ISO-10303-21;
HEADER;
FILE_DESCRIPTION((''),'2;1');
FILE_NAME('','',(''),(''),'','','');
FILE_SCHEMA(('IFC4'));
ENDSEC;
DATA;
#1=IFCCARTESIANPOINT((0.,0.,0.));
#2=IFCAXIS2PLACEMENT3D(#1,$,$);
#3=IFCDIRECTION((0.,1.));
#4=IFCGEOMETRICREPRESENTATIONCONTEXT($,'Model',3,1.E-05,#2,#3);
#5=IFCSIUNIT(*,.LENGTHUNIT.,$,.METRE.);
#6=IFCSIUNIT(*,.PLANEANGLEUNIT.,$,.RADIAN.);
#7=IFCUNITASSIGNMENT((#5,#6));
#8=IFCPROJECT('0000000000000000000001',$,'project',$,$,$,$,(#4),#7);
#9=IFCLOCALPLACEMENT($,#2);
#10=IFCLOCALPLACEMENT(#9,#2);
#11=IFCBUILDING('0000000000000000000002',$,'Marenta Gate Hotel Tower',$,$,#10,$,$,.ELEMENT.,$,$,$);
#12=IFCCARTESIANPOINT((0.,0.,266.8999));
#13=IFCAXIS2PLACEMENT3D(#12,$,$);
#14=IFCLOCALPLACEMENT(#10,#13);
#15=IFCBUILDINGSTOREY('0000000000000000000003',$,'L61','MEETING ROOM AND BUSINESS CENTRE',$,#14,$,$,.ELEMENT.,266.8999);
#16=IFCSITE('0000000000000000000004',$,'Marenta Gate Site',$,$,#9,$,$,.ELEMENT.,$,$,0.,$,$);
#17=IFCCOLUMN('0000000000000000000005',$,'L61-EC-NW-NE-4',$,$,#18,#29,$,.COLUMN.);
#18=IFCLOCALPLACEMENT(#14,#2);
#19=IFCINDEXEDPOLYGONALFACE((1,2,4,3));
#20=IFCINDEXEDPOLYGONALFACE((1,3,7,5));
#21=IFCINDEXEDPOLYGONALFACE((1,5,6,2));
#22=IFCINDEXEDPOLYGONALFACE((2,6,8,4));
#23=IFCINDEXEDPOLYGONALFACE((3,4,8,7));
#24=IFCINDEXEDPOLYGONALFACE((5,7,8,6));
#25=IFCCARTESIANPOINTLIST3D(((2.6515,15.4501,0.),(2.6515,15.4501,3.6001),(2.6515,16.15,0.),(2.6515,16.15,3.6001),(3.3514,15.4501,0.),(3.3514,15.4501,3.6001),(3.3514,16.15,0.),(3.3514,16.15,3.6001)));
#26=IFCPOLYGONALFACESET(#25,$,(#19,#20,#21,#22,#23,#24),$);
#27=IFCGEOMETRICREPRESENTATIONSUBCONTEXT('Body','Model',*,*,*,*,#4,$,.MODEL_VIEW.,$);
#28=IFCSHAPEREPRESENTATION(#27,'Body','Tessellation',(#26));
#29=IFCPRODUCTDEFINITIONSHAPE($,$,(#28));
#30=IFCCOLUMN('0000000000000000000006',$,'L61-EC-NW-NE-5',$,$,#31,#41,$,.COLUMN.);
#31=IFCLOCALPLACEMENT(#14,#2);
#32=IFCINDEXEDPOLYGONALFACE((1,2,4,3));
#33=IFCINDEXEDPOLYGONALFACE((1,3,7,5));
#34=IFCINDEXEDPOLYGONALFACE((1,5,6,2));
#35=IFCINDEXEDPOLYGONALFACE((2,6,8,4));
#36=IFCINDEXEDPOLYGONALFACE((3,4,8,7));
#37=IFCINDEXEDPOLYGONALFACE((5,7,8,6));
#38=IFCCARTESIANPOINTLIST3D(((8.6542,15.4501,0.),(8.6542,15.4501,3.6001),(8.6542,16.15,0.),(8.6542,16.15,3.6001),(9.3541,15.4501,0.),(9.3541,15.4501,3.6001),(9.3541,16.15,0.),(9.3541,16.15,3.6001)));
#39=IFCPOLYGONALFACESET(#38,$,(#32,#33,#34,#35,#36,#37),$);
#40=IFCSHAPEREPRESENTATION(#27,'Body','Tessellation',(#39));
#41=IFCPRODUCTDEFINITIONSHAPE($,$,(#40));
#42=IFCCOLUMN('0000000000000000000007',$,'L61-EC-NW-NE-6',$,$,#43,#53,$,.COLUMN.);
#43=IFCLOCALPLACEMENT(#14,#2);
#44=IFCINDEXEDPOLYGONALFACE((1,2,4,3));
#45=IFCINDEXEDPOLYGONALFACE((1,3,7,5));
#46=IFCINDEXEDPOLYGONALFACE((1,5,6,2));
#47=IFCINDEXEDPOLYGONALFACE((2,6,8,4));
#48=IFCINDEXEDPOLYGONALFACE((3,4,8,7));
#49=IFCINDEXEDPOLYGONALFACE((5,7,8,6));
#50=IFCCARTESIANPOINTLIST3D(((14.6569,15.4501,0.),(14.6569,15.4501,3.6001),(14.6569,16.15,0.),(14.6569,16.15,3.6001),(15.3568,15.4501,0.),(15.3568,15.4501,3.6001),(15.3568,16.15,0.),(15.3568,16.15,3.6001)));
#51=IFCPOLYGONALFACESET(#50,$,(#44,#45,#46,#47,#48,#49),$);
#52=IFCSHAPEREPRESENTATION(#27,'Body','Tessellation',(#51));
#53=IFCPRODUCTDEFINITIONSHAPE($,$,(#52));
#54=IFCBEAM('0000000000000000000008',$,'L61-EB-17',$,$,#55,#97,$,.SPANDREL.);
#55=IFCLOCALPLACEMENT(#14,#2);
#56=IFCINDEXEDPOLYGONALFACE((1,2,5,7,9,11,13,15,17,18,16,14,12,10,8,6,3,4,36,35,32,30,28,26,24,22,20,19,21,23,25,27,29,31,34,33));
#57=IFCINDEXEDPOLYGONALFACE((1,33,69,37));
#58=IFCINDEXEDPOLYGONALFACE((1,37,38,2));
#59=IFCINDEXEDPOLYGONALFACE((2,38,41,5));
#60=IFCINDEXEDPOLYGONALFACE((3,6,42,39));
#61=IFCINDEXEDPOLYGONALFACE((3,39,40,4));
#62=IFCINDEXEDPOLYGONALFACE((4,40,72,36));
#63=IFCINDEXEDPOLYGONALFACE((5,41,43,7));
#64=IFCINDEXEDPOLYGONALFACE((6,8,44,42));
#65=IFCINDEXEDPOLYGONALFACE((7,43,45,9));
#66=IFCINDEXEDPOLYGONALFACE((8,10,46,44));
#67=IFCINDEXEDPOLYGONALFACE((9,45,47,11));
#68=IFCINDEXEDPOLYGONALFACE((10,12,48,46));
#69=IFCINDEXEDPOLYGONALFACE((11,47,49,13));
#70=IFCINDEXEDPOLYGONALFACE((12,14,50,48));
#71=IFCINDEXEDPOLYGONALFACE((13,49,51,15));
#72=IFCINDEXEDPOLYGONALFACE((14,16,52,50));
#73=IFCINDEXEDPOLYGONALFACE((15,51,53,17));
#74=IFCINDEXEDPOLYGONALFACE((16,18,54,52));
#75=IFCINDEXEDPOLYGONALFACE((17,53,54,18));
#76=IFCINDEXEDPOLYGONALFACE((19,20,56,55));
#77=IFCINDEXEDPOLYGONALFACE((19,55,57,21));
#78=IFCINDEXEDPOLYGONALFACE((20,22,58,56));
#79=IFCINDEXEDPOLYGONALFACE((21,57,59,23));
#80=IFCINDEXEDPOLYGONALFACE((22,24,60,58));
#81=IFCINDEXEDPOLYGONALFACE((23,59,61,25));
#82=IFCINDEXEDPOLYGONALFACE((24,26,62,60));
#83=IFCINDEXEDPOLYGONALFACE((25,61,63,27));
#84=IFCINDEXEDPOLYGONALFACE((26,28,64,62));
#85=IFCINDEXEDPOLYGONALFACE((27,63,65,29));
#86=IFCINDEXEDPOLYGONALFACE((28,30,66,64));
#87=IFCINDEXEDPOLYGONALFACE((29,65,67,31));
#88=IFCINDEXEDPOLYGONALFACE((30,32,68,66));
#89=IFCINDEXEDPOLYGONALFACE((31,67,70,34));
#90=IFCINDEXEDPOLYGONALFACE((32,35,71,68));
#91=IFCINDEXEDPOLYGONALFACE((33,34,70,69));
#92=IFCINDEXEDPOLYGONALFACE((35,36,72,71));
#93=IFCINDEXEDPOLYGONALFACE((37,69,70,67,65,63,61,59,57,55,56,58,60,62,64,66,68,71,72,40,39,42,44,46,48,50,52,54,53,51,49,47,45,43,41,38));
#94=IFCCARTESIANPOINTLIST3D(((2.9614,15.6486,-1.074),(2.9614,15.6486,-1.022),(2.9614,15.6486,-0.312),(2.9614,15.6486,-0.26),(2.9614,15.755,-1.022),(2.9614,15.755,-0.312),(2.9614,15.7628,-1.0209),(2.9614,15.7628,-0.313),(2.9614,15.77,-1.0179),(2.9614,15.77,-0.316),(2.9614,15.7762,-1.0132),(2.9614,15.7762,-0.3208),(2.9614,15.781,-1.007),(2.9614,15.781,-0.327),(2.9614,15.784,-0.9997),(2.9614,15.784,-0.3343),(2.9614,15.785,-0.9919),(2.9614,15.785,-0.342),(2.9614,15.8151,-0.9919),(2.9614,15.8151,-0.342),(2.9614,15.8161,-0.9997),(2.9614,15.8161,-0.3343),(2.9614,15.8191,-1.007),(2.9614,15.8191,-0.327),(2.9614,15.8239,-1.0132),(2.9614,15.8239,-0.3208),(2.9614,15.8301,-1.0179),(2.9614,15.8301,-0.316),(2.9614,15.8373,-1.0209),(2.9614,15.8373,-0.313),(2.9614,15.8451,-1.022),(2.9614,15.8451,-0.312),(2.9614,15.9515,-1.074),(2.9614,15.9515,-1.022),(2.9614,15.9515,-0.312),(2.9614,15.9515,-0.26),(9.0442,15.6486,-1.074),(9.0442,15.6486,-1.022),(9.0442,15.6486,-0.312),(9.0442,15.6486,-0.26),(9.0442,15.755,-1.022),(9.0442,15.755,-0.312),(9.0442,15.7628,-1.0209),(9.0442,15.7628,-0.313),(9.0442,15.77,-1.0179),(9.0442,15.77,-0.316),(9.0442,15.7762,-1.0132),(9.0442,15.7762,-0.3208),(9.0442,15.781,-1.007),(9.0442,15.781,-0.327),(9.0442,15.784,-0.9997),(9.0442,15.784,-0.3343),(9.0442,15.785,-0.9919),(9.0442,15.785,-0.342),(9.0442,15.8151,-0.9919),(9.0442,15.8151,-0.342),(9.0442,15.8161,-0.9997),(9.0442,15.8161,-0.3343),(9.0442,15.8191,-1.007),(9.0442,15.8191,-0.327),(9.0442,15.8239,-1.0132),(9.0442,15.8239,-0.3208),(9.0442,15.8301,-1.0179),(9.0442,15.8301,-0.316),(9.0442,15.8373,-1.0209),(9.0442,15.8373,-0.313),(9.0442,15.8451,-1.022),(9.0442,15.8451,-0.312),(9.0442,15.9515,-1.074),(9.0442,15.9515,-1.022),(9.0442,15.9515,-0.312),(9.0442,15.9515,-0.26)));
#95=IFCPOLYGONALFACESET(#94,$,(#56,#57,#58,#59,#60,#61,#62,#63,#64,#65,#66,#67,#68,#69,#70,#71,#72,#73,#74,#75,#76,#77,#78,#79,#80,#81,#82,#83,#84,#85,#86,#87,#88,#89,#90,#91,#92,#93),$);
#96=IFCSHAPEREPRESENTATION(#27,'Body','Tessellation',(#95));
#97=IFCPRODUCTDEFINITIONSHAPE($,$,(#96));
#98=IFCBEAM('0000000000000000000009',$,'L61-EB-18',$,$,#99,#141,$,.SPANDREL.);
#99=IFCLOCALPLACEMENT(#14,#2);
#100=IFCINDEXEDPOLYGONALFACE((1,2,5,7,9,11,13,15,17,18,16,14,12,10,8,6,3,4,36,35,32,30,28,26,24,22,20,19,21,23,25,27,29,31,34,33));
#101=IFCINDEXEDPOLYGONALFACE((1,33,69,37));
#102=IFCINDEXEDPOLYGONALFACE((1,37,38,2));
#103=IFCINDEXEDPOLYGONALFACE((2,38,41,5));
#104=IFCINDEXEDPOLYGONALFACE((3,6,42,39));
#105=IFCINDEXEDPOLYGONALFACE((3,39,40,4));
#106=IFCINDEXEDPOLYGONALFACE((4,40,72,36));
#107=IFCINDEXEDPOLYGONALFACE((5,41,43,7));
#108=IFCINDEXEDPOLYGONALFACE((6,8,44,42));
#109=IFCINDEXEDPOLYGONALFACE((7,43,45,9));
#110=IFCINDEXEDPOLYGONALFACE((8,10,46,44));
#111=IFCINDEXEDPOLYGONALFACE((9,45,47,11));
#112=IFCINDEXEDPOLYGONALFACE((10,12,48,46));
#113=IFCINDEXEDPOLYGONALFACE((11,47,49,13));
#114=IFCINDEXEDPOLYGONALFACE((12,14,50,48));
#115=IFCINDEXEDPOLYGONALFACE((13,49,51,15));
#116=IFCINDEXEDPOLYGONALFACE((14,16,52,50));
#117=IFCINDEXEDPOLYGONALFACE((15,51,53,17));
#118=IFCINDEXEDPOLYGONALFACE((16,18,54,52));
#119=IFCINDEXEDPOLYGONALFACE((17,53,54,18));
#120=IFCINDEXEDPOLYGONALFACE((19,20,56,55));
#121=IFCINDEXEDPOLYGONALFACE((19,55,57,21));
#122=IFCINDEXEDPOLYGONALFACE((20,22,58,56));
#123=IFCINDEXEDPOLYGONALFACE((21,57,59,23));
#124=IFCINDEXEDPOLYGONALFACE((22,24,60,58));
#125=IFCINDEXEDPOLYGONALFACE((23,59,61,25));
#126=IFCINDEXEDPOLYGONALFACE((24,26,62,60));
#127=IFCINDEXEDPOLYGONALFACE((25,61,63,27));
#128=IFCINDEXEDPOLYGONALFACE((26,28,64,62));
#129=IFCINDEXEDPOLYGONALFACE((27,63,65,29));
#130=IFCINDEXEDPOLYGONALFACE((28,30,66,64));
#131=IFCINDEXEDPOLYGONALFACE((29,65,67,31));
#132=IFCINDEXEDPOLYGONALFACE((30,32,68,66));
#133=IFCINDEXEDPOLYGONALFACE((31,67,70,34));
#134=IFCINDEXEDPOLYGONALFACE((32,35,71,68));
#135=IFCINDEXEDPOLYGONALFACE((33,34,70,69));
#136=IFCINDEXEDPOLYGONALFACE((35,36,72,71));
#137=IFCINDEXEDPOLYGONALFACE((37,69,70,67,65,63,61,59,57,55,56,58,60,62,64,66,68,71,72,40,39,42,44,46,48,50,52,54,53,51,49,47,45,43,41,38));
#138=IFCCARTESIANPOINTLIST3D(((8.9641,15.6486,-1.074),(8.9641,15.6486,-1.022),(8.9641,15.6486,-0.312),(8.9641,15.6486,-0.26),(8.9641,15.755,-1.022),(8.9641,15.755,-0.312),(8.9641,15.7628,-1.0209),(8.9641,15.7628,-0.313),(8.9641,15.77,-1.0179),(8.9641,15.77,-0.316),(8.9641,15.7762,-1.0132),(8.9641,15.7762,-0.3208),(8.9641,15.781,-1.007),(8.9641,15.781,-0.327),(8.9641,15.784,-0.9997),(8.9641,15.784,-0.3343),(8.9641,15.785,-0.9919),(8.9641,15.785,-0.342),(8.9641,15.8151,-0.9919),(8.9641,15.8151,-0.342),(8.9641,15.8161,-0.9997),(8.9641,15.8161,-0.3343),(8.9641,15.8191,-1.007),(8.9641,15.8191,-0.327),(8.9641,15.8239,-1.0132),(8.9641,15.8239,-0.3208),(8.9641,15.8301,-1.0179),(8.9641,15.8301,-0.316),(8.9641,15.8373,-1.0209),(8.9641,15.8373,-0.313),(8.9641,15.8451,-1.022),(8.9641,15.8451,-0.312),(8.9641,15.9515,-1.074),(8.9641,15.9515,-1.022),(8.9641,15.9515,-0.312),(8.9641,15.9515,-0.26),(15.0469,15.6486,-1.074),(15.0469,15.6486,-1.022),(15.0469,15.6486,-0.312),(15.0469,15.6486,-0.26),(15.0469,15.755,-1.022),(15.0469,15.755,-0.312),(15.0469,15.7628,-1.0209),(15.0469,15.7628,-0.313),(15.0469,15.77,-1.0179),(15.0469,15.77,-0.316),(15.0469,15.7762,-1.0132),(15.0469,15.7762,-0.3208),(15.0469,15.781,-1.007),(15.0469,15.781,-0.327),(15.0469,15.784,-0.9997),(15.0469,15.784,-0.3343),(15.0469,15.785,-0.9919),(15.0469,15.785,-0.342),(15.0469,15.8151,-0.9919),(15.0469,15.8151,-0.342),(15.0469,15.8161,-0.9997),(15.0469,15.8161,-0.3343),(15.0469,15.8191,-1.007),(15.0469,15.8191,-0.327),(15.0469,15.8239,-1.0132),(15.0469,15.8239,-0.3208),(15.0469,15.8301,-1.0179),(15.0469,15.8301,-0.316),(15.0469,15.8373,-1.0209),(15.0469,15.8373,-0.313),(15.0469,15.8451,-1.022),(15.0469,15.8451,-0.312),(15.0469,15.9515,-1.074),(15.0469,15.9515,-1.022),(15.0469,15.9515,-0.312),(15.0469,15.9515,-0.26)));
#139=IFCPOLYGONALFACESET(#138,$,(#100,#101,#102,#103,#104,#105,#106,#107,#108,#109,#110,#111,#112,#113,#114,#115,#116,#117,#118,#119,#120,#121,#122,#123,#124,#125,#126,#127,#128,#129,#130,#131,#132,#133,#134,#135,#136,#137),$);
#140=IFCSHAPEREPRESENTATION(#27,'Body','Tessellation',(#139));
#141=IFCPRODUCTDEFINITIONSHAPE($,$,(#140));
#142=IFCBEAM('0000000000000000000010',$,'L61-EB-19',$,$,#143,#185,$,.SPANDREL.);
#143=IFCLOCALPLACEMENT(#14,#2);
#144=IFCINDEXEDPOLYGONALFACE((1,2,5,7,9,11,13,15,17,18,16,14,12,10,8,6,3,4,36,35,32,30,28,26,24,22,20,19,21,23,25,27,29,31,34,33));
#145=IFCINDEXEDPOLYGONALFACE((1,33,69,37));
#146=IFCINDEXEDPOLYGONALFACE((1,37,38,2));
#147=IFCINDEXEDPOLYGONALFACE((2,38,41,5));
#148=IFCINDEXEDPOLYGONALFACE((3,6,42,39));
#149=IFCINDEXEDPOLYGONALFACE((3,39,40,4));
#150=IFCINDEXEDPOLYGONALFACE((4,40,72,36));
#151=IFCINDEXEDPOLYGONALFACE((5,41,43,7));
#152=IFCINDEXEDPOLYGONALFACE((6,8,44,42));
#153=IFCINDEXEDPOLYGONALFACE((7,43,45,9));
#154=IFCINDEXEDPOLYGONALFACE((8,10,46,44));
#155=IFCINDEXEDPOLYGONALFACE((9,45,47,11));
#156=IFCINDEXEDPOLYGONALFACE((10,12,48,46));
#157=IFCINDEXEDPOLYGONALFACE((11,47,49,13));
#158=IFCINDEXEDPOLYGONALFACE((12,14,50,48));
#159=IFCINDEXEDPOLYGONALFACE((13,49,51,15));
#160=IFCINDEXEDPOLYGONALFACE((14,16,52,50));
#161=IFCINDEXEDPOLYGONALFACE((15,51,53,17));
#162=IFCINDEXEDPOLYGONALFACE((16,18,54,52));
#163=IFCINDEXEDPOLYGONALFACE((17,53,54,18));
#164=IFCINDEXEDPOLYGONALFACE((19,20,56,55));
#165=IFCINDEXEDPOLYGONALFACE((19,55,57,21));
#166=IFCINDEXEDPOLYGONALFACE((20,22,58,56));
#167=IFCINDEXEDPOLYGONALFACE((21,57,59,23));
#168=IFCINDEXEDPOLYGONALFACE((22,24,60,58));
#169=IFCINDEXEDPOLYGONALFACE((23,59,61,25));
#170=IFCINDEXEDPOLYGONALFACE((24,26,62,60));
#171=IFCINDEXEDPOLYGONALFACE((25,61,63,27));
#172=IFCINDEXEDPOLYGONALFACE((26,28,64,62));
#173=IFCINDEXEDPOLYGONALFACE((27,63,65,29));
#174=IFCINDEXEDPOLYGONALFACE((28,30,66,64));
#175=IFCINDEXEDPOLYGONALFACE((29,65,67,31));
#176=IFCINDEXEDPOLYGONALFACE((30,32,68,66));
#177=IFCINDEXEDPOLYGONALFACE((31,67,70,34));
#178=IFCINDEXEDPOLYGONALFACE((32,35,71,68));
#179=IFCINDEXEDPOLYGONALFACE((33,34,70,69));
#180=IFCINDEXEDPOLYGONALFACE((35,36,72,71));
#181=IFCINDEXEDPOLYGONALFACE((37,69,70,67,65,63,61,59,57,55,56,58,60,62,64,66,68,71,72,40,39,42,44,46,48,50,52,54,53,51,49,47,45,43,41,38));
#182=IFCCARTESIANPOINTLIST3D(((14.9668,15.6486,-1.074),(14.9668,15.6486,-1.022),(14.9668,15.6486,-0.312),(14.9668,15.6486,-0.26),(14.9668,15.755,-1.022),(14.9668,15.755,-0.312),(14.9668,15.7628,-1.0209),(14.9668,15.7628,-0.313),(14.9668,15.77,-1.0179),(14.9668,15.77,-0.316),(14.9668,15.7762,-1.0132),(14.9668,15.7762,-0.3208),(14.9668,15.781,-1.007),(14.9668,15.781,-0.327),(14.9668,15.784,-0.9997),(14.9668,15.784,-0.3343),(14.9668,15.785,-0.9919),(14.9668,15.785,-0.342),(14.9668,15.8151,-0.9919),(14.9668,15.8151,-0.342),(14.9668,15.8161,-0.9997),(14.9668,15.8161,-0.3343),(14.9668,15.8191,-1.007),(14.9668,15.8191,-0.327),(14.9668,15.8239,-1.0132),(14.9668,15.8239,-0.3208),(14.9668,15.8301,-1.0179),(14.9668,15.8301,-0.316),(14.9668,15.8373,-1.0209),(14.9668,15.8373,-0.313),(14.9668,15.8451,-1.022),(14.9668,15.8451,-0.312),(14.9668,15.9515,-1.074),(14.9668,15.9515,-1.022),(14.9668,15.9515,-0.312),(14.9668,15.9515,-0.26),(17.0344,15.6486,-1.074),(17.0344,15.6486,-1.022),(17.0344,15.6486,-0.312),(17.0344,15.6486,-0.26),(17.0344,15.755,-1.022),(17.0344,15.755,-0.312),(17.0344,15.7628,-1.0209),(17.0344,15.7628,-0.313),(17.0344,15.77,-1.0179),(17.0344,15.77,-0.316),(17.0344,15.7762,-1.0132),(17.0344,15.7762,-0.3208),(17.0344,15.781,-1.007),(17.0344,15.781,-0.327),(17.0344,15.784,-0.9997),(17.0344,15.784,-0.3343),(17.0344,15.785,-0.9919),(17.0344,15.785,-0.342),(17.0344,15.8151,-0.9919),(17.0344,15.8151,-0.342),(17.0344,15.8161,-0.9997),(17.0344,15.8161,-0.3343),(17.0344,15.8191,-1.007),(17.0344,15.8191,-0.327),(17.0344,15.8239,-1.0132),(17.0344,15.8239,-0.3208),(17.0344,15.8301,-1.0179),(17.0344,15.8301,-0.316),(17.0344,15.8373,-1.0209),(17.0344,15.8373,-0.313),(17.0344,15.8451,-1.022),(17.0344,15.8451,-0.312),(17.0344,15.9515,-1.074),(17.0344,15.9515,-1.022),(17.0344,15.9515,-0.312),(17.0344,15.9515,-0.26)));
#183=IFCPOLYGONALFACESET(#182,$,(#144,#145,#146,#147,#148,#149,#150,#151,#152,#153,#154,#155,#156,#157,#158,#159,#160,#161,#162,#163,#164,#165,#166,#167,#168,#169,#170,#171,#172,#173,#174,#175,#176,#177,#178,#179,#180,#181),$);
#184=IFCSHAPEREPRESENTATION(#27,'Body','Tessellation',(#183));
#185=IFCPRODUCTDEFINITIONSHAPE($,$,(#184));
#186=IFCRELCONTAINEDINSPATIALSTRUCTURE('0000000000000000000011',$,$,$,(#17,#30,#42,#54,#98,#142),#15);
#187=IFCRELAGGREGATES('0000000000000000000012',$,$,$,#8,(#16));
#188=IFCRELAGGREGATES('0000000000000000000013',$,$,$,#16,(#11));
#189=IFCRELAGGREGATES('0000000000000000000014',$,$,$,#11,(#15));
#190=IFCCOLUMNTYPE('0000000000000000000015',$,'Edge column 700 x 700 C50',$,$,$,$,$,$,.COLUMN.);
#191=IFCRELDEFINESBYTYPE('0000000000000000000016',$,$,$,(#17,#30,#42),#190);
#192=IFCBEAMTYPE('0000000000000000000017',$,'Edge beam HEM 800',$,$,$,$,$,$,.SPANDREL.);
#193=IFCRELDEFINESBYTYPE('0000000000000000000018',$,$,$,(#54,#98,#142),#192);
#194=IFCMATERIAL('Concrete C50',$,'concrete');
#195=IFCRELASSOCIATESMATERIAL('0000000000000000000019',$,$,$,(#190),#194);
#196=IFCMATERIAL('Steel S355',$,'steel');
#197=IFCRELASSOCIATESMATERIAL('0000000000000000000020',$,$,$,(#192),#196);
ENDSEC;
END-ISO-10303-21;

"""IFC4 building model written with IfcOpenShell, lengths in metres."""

from ifc_helpers import new_model, si_unit, direction, frame, origin, origin_2d, place, context, subcontext, project, spatial, rectangle, i_section, extrude, material, material_profile, profile_set, type_object, element, save


model = new_model("IFC4")

# Units and contexts
model_context = context("Model", 3, precision=1e-05, world=origin(), true_north=direction((0.0, 1.0)))
body_context = subcontext(model_context, "Body", "Model", "MODEL_VIEW")
ifc_project = project(units=[si_unit("LENGTHUNIT", "METRE"), si_unit("PLANEANGLEUNIT", "RADIAN")], contexts=[model_context])

# Site, building, storey
site_placement = place(None, origin())
site = spatial("IfcSite", under=ifc_project, at=site_placement, Name="Marenta Gate Site", CompositionType="ELEMENT", RefElevation=0.0)
building_placement = place(site_placement, origin())
building = spatial("IfcBuilding", under=site, at=building_placement, Name="Marenta Gate Hotel Tower", CompositionType="ELEMENT")
storey_placement = place(building_placement, frame((0.0, 0.0, 266.8999)))
storey = spatial("IfcBuildingStorey", under=building, at=storey_placement, Name="L61", Description="MEETING ROOM AND BUSINESS CENTRE", CompositionType="ELEMENT", Elevation=266.8999)

# Columns
ifc_material_1 = material(Name="Concrete C50", Category="concrete")
ifc_material_profile_1 = material_profile(ifc_material_1, rectangle(XDim=0.7, YDim=0.7, at=origin_2d()), Name="700 x 700")
ifc_profile_set_1 = profile_set([ifc_material_profile_1], Name="Concrete C50")
column_type = type_object("IfcColumnType", Name="Edge column 700 x 700 C50", PredefinedType="COLUMN", material=ifc_profile_set_1)
for number, where, z_axis, x_axis, name in (
    (1, (3.0015, 15.8, 0.0), (0.0, 0.0, 1.0), (1.0, 0.0, 0.0), "L61-EC-NW-NE-4"),
    (2, (9.0042, 15.8, 0.0), (0.0, 0.0, 1.0), (1.0, 0.0, 0.0), "L61-EC-NW-NE-5"),
    (3, (15.0068, 15.8, 0.0), (0.0, 0.0, 1.0), (1.0, 0.0, 0.0), "L61-EC-NW-NE-6"),
):
    element("IfcColumn", number, at=place(storey_placement, frame(where, z_axis=z_axis, x_axis=x_axis)), inside=storey, type_object=column_type, Name=name, PredefinedType="COLUMN", context=body_context, shape_type="SweptSolid", body=[
        extrude(rectangle(XDim=0.7, YDim=0.7, at=origin_2d()), origin(), (0.0, 0.0, 1.0), 3.6001),
    ])

# Beams
ifc_material_2 = material(Name="Steel S355", Category="steel")
ifc_material_profile_2 = material_profile(ifc_material_2, i_section(OverallWidth=0.303, OverallDepth=0.814, WebThickness=0.03, FlangeThickness=0.052, FilletRadius=0.03, at=origin_2d()), Name="HEM 800")
ifc_profile_set_2 = profile_set([ifc_material_profile_2], Name="Steel S355")
beam_type_1 = type_object("IfcBeamType", Name="Edge beam HEM 800", PredefinedType="SPANDREL", material=ifc_profile_set_2)
for number, where, z_axis, x_axis, name in (
    (4, (2.9614, 15.8, -0.667), (1.0, 0.0, 0.0), (0.0, 1.0, 0.0), "L61-EB-17"),
    (5, (8.9641, 15.8, -0.667), (1.0, 0.0, 0.0), (0.0, 1.0, 0.0), "L61-EB-18"),
):
    element("IfcBeam", number, at=place(storey_placement, frame(where, z_axis=z_axis, x_axis=x_axis)), inside=storey, type_object=beam_type_1, Name=name, PredefinedType="SPANDREL", context=body_context, shape_type="SweptSolid", body=[
        extrude(i_section(OverallWidth=0.303, OverallDepth=0.814, WebThickness=0.03, FlangeThickness=0.052, FilletRadius=0.03, at=origin_2d()), origin(), (0.0, 0.0, 1.0), 6.0828),
    ])
beam_1_placement = place(storey_placement, frame((14.9668, 15.8, -0.667), z_axis=(1.0, 0.0, 0.0), x_axis=(0.0, 1.0, 0.0)))
element("IfcBeam", 6, at=beam_1_placement, inside=storey, type_object=beam_type_1, Name="L61-EB-19", PredefinedType="SPANDREL", context=body_context, shape_type="SweptSolid", body=[
    extrude(i_section(OverallWidth=0.303, OverallDepth=0.814, WebThickness=0.03, FlangeThickness=0.052, FilletRadius=0.03, at=origin_2d()), origin(), (0.0, 0.0, 1.0), 2.0676),
])

save(model, "model.ifc")
